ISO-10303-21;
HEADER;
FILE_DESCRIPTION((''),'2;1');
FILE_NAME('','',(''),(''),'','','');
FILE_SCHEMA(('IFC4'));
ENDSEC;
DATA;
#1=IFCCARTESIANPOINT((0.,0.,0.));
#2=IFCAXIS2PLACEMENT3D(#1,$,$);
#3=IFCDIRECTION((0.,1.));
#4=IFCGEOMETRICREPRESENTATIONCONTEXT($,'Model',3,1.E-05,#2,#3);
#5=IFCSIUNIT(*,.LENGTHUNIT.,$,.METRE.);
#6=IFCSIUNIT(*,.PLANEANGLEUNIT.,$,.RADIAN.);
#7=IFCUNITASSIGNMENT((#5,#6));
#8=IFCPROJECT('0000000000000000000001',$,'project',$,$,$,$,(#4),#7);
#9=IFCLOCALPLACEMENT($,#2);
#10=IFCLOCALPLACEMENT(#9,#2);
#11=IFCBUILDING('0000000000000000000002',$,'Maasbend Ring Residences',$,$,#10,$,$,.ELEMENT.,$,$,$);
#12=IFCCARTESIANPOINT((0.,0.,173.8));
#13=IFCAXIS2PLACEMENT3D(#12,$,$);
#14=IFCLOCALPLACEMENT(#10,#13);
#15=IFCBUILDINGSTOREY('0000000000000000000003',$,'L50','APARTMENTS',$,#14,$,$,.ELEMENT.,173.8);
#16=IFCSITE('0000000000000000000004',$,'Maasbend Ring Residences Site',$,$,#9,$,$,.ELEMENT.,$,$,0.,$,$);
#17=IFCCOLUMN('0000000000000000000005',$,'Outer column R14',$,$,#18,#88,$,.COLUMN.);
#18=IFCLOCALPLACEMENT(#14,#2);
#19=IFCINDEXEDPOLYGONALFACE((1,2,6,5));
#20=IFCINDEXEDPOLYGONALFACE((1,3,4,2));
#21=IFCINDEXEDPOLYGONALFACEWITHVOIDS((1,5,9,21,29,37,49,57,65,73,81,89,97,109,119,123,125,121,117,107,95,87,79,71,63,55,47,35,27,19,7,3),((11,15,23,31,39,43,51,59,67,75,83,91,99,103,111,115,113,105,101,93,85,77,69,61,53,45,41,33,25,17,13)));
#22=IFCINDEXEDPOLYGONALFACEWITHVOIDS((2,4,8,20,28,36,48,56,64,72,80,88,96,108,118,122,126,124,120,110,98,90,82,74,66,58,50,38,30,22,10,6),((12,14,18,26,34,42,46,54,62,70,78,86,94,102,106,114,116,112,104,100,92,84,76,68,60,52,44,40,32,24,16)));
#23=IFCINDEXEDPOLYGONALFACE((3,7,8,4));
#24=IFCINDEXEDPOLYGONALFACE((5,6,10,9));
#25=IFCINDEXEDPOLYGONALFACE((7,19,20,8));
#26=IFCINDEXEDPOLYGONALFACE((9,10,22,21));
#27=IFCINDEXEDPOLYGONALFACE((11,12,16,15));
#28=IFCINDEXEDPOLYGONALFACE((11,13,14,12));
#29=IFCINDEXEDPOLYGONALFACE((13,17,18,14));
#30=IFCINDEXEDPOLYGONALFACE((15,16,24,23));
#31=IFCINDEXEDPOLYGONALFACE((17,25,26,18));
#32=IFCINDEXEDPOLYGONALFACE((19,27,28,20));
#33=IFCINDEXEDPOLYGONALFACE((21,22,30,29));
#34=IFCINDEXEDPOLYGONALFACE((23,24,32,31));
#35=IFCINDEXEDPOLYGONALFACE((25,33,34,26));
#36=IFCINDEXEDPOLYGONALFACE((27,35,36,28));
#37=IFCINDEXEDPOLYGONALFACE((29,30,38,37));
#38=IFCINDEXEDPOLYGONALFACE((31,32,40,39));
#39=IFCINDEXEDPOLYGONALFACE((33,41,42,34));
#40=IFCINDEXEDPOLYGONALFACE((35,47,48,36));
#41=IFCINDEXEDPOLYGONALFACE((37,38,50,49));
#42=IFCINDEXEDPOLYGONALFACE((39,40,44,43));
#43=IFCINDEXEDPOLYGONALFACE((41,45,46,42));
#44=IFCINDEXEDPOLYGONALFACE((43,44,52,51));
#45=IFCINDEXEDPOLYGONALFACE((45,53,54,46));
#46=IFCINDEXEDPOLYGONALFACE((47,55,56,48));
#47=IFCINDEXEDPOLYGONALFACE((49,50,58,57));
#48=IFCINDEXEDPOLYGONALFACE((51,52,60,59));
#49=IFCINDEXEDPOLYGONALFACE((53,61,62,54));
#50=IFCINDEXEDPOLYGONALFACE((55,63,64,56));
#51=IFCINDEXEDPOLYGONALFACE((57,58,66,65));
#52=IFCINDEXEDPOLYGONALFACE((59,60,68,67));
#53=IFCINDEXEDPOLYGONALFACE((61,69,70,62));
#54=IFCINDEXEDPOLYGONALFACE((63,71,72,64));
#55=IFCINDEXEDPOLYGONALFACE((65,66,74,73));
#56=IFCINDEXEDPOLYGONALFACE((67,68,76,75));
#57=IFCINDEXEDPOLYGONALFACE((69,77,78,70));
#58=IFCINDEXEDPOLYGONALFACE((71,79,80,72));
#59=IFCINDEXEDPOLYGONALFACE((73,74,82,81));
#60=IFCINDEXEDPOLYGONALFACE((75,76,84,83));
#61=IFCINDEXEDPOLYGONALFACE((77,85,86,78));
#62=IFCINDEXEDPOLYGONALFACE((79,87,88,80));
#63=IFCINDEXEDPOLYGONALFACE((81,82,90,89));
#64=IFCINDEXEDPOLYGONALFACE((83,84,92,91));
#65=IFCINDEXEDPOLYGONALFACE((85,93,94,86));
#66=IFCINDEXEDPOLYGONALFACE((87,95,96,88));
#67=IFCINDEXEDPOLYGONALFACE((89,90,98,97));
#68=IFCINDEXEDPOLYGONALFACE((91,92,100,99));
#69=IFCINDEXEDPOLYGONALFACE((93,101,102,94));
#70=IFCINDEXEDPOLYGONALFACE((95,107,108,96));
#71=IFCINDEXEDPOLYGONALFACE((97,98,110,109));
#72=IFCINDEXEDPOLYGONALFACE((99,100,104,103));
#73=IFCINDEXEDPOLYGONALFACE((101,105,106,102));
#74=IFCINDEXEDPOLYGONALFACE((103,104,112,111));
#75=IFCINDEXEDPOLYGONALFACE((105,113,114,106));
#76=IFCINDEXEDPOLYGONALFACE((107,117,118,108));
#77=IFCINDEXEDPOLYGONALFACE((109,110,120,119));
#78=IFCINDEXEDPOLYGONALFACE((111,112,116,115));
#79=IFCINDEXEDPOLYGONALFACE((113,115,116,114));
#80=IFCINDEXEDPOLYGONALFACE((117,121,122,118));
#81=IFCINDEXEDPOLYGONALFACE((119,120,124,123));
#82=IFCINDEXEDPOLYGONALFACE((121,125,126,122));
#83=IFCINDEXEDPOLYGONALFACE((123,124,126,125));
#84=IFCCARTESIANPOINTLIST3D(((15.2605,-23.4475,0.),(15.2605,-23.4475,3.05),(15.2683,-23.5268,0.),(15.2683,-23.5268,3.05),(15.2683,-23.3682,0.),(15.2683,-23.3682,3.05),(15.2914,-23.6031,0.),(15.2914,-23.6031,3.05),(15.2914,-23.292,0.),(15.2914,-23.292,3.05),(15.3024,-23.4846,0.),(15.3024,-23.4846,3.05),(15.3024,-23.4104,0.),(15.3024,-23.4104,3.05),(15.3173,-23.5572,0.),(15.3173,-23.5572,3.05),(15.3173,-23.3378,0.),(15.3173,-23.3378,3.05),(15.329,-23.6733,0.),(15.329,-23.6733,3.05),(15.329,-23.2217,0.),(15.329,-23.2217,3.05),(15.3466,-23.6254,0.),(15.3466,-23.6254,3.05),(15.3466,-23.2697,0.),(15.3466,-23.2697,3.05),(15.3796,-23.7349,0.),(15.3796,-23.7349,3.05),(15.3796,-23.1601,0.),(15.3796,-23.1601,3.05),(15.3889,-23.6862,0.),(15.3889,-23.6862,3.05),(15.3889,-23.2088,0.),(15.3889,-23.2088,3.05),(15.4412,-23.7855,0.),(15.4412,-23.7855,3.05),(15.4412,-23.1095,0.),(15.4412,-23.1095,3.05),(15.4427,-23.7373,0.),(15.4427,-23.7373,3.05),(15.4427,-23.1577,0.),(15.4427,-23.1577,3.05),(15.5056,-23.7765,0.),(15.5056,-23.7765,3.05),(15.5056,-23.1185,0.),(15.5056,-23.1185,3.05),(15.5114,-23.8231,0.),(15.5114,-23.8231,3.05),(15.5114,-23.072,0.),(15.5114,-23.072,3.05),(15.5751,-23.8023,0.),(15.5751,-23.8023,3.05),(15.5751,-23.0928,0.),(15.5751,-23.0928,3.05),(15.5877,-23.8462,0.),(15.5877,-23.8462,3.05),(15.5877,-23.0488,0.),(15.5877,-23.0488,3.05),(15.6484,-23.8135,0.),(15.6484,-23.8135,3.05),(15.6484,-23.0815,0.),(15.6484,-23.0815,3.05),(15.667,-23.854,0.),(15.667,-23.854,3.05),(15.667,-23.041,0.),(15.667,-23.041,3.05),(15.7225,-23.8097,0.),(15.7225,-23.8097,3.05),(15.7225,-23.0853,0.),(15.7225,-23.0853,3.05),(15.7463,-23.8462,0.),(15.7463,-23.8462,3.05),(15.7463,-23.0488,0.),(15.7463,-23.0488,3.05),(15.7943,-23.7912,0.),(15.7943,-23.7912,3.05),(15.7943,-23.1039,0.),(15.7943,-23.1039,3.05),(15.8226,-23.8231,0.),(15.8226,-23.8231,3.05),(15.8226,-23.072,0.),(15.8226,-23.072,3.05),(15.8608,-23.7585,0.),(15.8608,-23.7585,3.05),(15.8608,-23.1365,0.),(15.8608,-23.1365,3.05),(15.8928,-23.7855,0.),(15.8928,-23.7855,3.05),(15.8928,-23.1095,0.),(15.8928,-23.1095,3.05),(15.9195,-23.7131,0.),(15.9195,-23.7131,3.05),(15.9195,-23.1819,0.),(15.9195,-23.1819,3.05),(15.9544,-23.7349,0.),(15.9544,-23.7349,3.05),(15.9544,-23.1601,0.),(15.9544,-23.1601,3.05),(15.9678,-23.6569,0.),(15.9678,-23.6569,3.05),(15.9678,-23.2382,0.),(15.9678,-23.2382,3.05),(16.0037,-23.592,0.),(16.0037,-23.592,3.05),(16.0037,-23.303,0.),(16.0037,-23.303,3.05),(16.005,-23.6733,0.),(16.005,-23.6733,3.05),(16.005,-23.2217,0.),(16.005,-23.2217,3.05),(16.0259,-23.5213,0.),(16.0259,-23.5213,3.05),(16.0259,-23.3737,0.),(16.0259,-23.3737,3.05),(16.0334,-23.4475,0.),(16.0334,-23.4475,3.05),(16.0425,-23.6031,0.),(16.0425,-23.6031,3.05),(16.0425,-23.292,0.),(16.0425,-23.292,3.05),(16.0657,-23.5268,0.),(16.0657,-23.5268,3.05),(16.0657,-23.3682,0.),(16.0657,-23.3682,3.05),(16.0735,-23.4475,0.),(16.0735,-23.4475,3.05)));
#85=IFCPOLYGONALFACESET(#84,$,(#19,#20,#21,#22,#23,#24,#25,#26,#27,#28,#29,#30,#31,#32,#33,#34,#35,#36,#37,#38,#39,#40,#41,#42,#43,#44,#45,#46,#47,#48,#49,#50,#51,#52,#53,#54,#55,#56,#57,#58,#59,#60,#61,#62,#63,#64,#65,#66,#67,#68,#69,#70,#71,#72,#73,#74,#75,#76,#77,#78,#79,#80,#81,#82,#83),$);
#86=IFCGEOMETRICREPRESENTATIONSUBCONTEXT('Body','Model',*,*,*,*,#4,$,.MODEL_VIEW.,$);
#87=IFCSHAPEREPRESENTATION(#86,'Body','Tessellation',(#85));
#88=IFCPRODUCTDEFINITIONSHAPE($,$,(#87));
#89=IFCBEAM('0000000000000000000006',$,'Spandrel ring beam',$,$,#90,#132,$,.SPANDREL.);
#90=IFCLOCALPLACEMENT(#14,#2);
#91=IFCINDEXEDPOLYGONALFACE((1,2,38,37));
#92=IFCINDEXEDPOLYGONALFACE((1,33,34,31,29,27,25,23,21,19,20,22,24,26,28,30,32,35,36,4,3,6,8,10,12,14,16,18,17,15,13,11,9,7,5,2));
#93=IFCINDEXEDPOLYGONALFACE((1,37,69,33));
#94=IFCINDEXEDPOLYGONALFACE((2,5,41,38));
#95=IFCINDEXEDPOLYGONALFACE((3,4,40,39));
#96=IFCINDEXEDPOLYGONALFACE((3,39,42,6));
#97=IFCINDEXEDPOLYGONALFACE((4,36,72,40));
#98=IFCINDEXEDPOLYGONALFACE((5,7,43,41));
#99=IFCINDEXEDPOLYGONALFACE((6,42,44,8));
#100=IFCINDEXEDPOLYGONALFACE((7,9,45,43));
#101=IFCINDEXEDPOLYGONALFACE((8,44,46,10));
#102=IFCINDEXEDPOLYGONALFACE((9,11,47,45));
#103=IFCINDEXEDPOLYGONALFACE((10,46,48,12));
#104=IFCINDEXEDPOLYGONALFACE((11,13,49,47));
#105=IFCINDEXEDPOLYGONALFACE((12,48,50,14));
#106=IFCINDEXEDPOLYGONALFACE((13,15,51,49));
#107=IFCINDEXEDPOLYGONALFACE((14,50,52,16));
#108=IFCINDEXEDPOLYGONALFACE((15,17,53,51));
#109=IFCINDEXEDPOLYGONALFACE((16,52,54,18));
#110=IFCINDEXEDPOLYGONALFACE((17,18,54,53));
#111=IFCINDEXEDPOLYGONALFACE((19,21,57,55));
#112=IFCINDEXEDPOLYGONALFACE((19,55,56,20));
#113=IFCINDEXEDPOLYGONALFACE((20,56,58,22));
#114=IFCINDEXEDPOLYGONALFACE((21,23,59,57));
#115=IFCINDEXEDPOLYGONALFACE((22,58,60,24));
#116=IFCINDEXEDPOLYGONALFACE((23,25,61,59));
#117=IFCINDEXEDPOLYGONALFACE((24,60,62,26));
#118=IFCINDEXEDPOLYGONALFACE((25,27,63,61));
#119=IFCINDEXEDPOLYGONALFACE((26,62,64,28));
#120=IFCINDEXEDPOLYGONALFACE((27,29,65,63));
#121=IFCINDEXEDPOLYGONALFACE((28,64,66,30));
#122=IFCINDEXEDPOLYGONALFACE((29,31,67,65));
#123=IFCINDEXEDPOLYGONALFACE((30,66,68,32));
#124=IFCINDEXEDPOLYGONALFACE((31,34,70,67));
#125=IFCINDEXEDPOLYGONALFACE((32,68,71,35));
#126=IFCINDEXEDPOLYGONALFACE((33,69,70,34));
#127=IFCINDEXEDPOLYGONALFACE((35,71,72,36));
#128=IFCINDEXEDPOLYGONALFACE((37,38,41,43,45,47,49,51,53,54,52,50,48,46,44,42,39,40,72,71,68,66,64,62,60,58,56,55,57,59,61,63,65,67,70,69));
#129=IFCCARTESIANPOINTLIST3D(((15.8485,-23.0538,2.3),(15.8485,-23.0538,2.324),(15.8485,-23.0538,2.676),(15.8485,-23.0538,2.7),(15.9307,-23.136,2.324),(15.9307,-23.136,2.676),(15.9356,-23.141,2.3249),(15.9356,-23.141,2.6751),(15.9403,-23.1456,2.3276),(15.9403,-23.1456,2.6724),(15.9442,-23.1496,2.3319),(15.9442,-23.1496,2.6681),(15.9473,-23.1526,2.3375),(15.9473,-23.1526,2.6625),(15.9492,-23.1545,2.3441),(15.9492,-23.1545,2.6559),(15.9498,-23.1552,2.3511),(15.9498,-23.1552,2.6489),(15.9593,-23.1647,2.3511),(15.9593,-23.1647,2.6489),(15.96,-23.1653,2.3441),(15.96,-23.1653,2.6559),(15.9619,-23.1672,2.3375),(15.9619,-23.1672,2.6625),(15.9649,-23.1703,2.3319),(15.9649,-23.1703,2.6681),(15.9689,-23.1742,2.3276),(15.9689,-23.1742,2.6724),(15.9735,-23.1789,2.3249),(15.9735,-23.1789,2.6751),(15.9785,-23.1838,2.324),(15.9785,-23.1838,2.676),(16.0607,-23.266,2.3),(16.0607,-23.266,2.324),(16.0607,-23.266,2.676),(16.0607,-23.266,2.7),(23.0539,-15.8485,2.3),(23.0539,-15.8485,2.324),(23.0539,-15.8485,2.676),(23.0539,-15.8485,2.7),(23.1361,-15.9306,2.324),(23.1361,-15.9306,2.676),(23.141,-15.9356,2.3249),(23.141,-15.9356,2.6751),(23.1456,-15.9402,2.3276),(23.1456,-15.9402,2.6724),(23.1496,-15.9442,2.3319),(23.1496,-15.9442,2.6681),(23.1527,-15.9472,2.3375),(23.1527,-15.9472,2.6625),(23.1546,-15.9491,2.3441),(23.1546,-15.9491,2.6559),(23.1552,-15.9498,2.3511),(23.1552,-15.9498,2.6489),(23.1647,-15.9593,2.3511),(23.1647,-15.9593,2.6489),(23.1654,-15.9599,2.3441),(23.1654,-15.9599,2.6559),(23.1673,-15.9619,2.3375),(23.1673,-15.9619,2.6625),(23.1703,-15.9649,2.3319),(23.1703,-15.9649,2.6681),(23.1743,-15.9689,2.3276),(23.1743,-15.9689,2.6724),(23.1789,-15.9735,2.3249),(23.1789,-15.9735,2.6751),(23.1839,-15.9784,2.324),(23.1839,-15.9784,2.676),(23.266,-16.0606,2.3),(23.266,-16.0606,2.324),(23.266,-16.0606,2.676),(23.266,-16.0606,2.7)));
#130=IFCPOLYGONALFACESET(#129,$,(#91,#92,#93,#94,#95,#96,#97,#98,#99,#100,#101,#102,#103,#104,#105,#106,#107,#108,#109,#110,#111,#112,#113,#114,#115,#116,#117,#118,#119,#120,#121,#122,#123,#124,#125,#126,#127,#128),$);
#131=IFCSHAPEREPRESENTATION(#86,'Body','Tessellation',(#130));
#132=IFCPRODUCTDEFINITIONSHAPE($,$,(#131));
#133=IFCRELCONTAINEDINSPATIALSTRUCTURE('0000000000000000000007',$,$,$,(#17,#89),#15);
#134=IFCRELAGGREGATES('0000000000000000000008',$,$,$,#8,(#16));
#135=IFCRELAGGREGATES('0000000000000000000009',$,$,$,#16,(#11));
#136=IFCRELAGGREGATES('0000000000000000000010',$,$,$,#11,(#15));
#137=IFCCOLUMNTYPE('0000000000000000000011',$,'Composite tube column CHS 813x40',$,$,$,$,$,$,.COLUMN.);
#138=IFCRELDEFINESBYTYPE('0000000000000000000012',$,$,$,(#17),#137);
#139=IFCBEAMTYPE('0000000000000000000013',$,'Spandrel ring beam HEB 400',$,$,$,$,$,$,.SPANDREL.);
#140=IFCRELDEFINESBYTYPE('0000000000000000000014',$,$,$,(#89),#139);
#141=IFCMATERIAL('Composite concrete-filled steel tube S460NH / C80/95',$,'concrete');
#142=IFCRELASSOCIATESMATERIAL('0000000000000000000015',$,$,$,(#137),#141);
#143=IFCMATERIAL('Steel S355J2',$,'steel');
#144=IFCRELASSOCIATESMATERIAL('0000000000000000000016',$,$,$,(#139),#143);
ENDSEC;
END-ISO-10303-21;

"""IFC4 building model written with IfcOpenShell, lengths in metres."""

from ifc_helpers import new_model, si_unit, direction, frame, origin, origin_2d, place, context, subcontext, project, spatial, hollow_circle, i_section, extrude, material, material_profile, profile_set, type_object, element, save


model = new_model("IFC4")

# Units and contexts
model_context = context("Model", 3, precision=1e-05, world=origin(), true_north=direction((0.0, 1.0)))
body_context = subcontext(model_context, "Body", "Model", "MODEL_VIEW")
ifc_project = project(units=[si_unit("LENGTHUNIT", "METRE"), si_unit("PLANEANGLEUNIT", "RADIAN")], contexts=[model_context])

# Site, building, storey
site_placement = place(None, origin())
site = spatial("IfcSite", under=ifc_project, at=site_placement, Name="Maasbend Ring Residences Site", CompositionType="ELEMENT", RefElevation=0.0)
building_placement = place(site_placement, origin())
building = spatial("IfcBuilding", under=site, at=building_placement, Name="Maasbend Ring Residences", CompositionType="ELEMENT")
storey_placement = place(building_placement, frame((0.0, 0.0, 173.8)))
storey = spatial("IfcBuildingStorey", under=building, at=storey_placement, Name="L50", Description="APARTMENTS", CompositionType="ELEMENT", Elevation=173.8)

# Column
ifc_material_1 = material(Name="Composite concrete-filled steel tube S460NH / C80/95", Category="concrete")
ifc_material_profile_1 = material_profile(ifc_material_1, hollow_circle(Radius=0.4065, WallThickness=0.04, at=origin_2d()), Name="Composite tube column CHS 813x40")
ifc_profile_set_1 = profile_set([ifc_material_profile_1], Name="Composite concrete-filled steel tube S460NH / C80/95")
column_type = type_object("IfcColumnType", Name="Composite tube column CHS 813x40", PredefinedType="COLUMN", material=ifc_profile_set_1)
column_placement = place(storey_placement, frame((15.667, -23.4475, 0.0), z_axis=(0.0, 0.0, 1.0), x_axis=(1.0, 0.0, 0.0)))
element("IfcColumn", 1, at=column_placement, inside=storey, type_object=column_type, Name="Outer column R14", PredefinedType="COLUMN", context=body_context, shape_type="SweptSolid", body=[
    extrude(hollow_circle(Radius=0.4065, WallThickness=0.04, at=origin_2d()), origin(), (0.0, 0.0, 1.0), 3.05),
])

# Beam
ifc_material_2 = material(Name="Steel S355J2", Category="steel")
ifc_material_profile_2 = material_profile(ifc_material_2, i_section(OverallWidth=0.3, OverallDepth=0.3999, WebThickness=0.0134, FlangeThickness=0.0239, FilletRadius=0.0271, at=origin_2d()), Name="HEB 400")
ifc_profile_set_2 = profile_set([ifc_material_profile_2], Name="Steel S355J2")
beam_type = type_object("IfcBeamType", Name="Spandrel ring beam HEB 400", PredefinedType="SPANDREL", material=ifc_profile_set_2)
beam_placement = place(storey_placement, frame((15.9546, -23.1599, 2.5), z_axis=(0.707107, 0.707107, 0.0), x_axis=(-0.707107, 0.707107, 0.0)))
element("IfcBeam", 2, at=beam_placement, inside=storey, type_object=beam_type, Name="Spandrel ring beam", PredefinedType="SPANDREL", context=body_context, shape_type="SweptSolid", body=[
    extrude(i_section(OverallWidth=0.3, OverallDepth=0.3999, WebThickness=0.0134, FlangeThickness=0.0239, FilletRadius=0.0271, at=origin_2d()), origin(), (0.0, 0.0, 1.0), 10.1899),
])

save(model, "model.ifc")
